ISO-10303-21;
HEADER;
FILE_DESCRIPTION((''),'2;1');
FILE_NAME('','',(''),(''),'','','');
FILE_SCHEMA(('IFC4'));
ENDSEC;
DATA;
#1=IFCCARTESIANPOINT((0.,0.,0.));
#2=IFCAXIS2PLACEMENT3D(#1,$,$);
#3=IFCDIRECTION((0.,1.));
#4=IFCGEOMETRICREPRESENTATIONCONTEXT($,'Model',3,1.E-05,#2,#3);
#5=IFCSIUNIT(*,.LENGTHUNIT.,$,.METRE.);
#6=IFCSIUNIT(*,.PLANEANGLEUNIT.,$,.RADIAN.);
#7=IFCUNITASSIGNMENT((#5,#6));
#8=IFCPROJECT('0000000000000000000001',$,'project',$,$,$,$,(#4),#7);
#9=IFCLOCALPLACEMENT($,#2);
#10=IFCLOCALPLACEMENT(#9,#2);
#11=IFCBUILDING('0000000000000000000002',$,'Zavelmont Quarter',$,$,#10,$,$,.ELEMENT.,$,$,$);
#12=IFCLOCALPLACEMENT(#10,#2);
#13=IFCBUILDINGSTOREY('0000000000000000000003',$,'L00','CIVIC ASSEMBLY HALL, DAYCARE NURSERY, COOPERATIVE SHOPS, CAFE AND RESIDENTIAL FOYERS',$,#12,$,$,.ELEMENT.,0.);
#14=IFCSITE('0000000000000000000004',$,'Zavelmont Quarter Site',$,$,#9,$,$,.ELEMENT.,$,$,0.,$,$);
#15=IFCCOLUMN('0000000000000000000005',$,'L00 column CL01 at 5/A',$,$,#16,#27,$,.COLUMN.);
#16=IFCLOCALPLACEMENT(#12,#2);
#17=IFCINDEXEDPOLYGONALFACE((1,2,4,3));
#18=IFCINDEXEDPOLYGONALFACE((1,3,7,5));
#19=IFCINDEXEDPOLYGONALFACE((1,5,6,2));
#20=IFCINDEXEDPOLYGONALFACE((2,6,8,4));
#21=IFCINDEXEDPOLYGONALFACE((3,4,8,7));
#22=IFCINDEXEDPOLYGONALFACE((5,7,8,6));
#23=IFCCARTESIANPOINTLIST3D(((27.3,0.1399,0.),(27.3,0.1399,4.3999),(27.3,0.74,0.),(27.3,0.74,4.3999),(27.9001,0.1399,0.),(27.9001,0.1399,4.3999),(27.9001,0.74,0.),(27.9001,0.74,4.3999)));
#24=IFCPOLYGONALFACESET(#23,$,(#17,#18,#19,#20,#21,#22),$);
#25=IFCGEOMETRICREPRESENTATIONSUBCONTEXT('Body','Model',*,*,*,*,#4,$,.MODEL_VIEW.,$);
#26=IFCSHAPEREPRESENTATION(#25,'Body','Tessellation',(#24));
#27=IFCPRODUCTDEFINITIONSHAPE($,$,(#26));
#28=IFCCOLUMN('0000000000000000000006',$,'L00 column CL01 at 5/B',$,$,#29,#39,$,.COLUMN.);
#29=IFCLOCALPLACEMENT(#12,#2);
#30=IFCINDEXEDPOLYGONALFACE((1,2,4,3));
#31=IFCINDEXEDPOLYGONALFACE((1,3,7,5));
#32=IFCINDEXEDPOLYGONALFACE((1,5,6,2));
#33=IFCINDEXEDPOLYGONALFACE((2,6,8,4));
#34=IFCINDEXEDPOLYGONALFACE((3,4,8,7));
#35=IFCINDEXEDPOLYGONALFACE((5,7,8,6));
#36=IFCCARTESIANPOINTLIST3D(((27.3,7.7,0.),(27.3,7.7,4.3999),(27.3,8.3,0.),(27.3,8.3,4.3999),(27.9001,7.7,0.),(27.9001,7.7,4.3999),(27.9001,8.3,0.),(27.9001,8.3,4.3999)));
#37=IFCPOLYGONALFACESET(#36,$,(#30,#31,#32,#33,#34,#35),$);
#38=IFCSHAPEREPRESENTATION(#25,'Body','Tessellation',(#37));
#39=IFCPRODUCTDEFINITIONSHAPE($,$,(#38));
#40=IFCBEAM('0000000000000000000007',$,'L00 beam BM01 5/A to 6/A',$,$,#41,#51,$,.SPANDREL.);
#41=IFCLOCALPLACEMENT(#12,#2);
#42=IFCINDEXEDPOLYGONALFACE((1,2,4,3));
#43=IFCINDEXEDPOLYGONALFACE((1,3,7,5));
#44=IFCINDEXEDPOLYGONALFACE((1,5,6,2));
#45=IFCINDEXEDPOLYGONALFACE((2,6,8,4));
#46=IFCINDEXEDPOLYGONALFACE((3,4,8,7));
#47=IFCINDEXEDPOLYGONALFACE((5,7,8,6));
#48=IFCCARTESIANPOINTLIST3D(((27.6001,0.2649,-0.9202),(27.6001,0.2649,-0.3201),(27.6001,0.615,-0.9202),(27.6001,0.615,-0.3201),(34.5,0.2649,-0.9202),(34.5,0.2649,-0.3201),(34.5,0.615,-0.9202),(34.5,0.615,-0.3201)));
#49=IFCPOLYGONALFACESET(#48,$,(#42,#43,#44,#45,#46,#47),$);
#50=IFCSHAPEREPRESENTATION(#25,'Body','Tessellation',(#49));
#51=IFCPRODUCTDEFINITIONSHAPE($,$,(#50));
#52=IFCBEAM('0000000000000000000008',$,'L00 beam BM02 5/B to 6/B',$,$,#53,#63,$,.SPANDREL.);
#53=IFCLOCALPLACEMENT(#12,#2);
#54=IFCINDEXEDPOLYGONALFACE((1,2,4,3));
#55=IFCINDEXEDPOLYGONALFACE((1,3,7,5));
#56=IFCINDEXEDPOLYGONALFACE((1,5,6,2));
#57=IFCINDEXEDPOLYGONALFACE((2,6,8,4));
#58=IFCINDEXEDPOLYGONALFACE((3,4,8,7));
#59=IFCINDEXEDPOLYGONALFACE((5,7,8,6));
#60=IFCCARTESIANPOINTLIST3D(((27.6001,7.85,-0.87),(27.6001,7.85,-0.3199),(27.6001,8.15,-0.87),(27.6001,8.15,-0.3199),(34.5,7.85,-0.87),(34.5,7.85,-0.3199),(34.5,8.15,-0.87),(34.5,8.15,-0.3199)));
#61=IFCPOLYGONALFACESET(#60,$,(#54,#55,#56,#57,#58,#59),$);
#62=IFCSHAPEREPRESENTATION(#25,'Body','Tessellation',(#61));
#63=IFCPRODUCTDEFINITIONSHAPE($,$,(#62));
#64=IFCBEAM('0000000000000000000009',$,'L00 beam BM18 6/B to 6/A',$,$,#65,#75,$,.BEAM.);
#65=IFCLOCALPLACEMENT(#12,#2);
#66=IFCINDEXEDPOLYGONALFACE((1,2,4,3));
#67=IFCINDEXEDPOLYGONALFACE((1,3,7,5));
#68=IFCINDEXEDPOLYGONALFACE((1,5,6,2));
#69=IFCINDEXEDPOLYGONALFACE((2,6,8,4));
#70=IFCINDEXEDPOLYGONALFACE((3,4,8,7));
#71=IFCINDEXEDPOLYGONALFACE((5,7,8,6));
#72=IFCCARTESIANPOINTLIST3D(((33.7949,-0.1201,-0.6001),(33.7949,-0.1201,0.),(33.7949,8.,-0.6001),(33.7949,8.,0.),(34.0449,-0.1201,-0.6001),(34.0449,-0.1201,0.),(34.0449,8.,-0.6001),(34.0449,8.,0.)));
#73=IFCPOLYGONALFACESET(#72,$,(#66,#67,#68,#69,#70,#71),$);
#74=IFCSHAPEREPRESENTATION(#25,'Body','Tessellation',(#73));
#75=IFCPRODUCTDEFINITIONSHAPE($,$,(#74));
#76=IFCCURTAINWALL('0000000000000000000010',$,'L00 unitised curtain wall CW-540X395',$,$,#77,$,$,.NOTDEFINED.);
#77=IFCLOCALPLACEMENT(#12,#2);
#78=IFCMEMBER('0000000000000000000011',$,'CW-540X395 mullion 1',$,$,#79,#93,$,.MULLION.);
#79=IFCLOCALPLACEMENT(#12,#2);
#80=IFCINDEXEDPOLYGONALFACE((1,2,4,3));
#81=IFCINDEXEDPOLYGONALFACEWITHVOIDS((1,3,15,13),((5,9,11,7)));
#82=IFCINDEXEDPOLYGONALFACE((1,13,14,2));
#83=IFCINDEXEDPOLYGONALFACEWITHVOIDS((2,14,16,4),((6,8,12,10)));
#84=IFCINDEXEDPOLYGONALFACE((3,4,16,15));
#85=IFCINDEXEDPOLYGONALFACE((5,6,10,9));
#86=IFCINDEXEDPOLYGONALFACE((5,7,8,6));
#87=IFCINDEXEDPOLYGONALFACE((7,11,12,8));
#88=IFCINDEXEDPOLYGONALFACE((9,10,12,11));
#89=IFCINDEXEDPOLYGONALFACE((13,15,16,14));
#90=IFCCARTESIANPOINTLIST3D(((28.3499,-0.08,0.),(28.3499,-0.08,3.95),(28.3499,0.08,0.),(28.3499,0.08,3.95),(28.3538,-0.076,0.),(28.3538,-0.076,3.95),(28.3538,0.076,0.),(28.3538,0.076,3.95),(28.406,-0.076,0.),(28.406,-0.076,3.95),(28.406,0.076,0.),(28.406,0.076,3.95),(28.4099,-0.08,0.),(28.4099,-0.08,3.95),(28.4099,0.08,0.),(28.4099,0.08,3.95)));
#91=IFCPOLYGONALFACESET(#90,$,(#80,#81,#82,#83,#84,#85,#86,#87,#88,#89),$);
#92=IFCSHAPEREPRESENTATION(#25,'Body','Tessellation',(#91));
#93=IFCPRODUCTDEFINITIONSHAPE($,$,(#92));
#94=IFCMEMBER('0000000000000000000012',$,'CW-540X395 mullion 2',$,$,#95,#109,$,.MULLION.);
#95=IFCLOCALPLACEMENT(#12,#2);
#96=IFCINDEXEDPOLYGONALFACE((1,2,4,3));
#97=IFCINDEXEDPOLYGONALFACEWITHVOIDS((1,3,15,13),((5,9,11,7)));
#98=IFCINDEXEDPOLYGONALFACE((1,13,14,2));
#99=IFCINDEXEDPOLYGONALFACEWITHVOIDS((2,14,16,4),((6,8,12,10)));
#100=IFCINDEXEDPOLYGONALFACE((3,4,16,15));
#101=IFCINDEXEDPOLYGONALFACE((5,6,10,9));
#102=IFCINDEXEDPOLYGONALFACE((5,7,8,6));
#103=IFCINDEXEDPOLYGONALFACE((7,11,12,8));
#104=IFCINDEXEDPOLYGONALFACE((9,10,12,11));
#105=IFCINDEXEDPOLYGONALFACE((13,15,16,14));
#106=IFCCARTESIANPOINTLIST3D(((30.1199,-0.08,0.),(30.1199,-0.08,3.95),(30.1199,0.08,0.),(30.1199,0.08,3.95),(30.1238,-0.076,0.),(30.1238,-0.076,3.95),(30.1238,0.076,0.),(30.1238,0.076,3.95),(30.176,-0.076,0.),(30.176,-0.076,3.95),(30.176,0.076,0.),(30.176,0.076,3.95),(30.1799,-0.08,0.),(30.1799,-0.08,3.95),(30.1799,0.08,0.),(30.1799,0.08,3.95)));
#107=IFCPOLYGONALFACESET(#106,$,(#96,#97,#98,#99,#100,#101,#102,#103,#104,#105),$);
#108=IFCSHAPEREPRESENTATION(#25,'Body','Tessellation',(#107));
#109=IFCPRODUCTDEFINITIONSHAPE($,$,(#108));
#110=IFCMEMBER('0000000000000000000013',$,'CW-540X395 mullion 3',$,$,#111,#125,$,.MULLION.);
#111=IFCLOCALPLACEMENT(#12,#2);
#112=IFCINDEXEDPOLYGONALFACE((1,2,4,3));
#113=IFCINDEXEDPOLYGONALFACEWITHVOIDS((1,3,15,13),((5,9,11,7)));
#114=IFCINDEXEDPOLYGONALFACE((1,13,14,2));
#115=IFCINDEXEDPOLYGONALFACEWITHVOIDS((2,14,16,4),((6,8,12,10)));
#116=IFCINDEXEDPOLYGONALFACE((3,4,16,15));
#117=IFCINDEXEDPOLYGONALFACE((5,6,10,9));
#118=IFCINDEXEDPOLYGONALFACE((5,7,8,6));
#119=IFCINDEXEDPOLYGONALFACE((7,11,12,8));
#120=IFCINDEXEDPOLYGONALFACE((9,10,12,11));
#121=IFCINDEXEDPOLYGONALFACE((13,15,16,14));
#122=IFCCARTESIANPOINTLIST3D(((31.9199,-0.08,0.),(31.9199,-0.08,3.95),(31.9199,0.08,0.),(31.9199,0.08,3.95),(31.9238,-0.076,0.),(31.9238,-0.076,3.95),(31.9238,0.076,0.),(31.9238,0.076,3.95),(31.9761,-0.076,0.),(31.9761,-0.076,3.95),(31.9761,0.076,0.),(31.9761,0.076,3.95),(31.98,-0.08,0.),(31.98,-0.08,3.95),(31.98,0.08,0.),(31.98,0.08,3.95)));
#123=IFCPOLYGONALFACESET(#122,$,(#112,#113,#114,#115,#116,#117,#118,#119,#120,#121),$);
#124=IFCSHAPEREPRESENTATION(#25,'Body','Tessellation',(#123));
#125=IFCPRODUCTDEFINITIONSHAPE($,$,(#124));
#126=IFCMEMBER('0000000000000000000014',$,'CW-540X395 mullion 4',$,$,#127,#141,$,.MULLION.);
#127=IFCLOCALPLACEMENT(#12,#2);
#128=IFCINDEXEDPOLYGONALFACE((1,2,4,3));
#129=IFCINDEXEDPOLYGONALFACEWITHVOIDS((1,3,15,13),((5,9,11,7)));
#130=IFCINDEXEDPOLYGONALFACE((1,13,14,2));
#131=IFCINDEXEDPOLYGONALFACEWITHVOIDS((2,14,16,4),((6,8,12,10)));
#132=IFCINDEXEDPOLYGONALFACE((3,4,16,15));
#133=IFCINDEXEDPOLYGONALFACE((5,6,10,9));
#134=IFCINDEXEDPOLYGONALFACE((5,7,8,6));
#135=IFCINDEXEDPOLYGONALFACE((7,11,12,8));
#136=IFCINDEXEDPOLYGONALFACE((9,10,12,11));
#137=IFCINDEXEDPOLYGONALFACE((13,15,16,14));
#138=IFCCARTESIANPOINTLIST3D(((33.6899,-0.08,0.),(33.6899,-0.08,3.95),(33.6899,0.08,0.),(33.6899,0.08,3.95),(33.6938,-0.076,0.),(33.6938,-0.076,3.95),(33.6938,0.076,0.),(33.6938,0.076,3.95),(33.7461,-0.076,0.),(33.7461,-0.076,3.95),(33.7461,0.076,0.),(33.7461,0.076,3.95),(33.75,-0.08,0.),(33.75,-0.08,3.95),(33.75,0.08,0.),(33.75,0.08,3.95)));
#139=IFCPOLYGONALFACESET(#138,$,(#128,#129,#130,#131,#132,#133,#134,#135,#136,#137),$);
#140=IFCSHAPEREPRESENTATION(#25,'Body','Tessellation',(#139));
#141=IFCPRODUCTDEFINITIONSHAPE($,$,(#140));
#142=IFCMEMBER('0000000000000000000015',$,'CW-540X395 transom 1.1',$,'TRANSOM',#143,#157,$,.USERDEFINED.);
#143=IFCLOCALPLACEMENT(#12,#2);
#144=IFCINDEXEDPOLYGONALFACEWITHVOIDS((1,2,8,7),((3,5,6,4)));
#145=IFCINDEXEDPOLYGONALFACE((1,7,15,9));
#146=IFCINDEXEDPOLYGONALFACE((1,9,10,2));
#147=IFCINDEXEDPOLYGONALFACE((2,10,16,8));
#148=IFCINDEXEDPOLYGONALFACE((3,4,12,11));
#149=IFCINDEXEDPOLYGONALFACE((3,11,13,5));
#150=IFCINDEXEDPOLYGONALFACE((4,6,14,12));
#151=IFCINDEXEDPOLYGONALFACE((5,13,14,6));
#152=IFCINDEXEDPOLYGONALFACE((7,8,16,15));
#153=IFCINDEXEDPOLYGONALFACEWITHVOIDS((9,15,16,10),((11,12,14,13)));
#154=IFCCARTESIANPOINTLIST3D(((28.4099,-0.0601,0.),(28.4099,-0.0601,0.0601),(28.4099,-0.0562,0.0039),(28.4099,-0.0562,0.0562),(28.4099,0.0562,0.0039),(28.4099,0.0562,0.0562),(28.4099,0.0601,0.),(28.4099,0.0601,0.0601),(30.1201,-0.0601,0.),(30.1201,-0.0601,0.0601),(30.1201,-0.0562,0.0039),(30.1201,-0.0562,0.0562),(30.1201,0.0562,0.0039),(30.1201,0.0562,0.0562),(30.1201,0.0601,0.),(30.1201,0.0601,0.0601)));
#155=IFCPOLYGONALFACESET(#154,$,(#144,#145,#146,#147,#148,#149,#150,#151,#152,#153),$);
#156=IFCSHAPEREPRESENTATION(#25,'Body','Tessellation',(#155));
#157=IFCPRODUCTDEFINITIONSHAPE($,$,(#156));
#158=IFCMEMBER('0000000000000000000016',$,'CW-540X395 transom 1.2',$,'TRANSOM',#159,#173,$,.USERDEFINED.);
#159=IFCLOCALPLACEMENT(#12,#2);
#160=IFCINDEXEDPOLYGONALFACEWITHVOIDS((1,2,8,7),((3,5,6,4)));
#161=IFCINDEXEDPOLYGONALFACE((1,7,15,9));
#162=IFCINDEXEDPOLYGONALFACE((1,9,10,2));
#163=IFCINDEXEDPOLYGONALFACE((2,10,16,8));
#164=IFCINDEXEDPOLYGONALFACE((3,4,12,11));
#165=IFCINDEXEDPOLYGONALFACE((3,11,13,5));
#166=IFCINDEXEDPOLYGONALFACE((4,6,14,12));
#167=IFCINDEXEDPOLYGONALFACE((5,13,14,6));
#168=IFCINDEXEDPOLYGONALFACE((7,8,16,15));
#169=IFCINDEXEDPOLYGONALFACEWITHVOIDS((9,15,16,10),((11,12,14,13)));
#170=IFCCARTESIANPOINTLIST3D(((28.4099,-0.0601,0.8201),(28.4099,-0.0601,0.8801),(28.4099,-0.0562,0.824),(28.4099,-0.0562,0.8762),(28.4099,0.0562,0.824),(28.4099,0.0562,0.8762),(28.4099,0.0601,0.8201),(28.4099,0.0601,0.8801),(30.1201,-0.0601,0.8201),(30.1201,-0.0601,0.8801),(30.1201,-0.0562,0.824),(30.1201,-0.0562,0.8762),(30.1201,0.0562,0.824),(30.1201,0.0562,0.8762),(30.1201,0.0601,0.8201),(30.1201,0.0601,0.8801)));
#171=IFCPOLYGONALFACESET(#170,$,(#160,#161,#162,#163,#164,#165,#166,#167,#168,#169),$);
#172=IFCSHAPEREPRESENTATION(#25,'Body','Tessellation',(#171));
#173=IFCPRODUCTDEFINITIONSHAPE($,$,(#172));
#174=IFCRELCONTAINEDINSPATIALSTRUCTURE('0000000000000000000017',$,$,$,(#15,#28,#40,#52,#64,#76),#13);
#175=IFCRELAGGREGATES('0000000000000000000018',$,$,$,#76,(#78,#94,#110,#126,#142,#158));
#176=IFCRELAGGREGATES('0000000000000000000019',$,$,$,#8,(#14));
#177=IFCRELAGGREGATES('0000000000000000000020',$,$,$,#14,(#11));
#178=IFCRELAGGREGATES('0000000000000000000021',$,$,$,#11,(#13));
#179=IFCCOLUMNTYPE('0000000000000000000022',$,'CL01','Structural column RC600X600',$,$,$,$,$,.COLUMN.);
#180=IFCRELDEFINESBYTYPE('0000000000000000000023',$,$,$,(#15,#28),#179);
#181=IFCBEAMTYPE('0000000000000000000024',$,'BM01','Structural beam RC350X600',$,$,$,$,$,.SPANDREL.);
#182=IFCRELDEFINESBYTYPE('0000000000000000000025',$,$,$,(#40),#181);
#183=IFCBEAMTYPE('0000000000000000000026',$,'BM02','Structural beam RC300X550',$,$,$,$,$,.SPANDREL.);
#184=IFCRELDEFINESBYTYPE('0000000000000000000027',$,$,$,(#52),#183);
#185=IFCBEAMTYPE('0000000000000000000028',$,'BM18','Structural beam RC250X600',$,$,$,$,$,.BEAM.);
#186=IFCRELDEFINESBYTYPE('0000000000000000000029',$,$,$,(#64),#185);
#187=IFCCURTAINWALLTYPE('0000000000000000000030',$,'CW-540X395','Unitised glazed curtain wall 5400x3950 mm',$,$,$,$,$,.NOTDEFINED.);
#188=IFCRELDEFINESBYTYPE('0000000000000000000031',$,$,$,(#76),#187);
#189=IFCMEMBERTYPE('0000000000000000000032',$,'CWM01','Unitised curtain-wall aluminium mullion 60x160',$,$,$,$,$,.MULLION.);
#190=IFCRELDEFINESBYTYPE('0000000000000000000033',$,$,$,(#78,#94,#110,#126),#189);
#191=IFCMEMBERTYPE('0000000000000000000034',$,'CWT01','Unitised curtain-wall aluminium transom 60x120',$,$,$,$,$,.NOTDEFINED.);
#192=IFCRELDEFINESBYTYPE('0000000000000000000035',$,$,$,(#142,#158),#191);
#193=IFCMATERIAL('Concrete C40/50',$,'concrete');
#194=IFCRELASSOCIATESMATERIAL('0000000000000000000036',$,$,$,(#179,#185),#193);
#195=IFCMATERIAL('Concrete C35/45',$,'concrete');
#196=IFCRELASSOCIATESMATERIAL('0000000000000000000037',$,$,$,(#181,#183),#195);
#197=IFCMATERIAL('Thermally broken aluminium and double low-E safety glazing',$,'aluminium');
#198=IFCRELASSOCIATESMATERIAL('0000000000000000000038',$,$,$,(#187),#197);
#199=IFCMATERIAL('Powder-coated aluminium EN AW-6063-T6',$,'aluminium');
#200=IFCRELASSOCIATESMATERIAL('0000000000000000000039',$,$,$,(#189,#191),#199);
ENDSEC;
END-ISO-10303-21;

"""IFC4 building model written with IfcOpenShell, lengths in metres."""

from ifc_helpers import new_model, si_unit, direction, frame, origin, origin_2d, place, context, subcontext, project, spatial, rectangle, hollow_rectangle, extrude, material, material_profile, profile_set, type_object, element, aggregate, save


model = new_model("IFC4")

# Units and contexts
model_context = context("Model", 3, precision=1e-05, world=origin(), true_north=direction((0.0, 1.0)))
body_context = subcontext(model_context, "Body", "Model", "MODEL_VIEW")
ifc_project = project(units=[si_unit("LENGTHUNIT", "METRE"), si_unit("PLANEANGLEUNIT", "RADIAN")], contexts=[model_context])

# Site, building, storey
site_placement = place(None, origin())
site = spatial("IfcSite", under=ifc_project, at=site_placement, Name="Zavelmont Quarter Site", CompositionType="ELEMENT", RefElevation=0.0)
building_placement = place(site_placement, origin())
building = spatial("IfcBuilding", under=site, at=building_placement, Name="Zavelmont Quarter", CompositionType="ELEMENT")
storey_placement = place(building_placement, origin())
storey = spatial("IfcBuildingStorey", under=building, at=storey_placement, Name="L00", Description="CIVIC ASSEMBLY HALL, DAYCARE NURSERY, COOPERATIVE SHOPS, CAFE AND RESIDENTIAL FOYERS", CompositionType="ELEMENT", Elevation=0.0)

# Columns
ifc_material_1 = material(Name="Concrete C40/50", Category="concrete")
ifc_material_profile_1 = material_profile(ifc_material_1, rectangle(XDim=0.6001, YDim=0.6001, at=origin_2d()), Name="RC600X600")
ifc_profile_set_1 = profile_set([ifc_material_profile_1], Name="Concrete C40/50")
column_type = type_object("IfcColumnType", Name="CL01", Description="Structural column RC600X600", PredefinedType="COLUMN", material=ifc_profile_set_1)
for number, where, z_axis, x_axis, name in (
    (1, (27.6001, 0.4399, 0.0), (0.0, 0.0, 1.0), (1.0, 0.0, 0.0), "L00 column CL01 at 5/A"),
    (2, (27.6001, 8.0, 0.0), (0.0, 0.0, 1.0), (1.0, 0.0, 0.0), "L00 column CL01 at 5/B"),
):
    element("IfcColumn", number, at=place(storey_placement, frame(where, z_axis=z_axis, x_axis=x_axis)), inside=storey, type_object=column_type, Name=name, PredefinedType="COLUMN", context=body_context, shape_type="SweptSolid", body=[
        extrude(rectangle(XDim=0.6001, YDim=0.6001, at=origin_2d()), origin(), (0.0, 0.0, 1.0), 4.3999),
    ])

# Beams
ifc_material_2 = material(Name="Concrete C35/45", Category="concrete")
ifc_material_profile_2 = material_profile(ifc_material_2, rectangle(XDim=0.3501, YDim=0.6001, at=origin_2d()), Name="RC350X600")
ifc_profile_set_2 = profile_set([ifc_material_profile_2], Name="Concrete C35/45")
beam_type_1 = type_object("IfcBeamType", Name="BM01", Description="Structural beam RC350X600", PredefinedType="SPANDREL", material=ifc_profile_set_2)
beam_1_placement = place(storey_placement, frame((27.6001, 0.4399, -0.6201), z_axis=(1.0, 0.0, 0.0), x_axis=(0.0, 1.0, 0.0)))
element("IfcBeam", 3, at=beam_1_placement, inside=storey, type_object=beam_type_1, Name="L00 beam BM01 5/A to 6/A", PredefinedType="SPANDREL", context=body_context, shape_type="SweptSolid", body=[
    extrude(rectangle(XDim=0.3501, YDim=0.6001, at=origin_2d()), origin(), (0.0, 0.0, 1.0), 6.8999),
])
ifc_material_profile_3 = material_profile(ifc_material_2, rectangle(XDim=0.3, YDim=0.55, at=origin_2d()), Name="RC300X550")
ifc_profile_set_3 = profile_set([ifc_material_profile_3], Name="Concrete C35/45")
beam_type_2 = type_object("IfcBeamType", Name="BM02", Description="Structural beam RC300X550", PredefinedType="SPANDREL", material=ifc_profile_set_3)
beam_2_placement = place(storey_placement, frame((27.6001, 8.0, -0.595), z_axis=(1.0, 0.0, 0.0), x_axis=(0.0, 1.0, 0.0)))
element("IfcBeam", 4, at=beam_2_placement, inside=storey, type_object=beam_type_2, Name="L00 beam BM02 5/B to 6/B", PredefinedType="SPANDREL", context=body_context, shape_type="SweptSolid", body=[
    extrude(rectangle(XDim=0.3, YDim=0.55, at=origin_2d()), origin(), (0.0, 0.0, 1.0), 6.8999),
])
ifc_material_profile_4 = material_profile(ifc_material_1, rectangle(XDim=0.25, YDim=0.6001, at=origin_2d()), Name="RC250X600")
ifc_profile_set_4 = profile_set([ifc_material_profile_4], Name="Concrete C40/50")
beam_type_3 = type_object("IfcBeamType", Name="BM18", Description="Structural beam RC250X600", PredefinedType="BEAM", material=ifc_profile_set_4)
beam_3_placement = place(storey_placement, frame((33.9199, 8.0, -0.3), z_axis=(0.0, -1.0, 0.0), x_axis=(1.0, 0.0, 0.0)))
element("IfcBeam", 5, at=beam_3_placement, inside=storey, type_object=beam_type_3, Name="L00 beam BM18 6/B to 6/A", PredefinedType="BEAM", context=body_context, shape_type="SweptSolid", body=[
    extrude(rectangle(XDim=0.25, YDim=0.6001, at=origin_2d()), origin(), (0.0, 0.0, 1.0), 8.1201),
])

# Curtain wall, members
ifc_material_3 = material(Name="Thermally broken aluminium and double low-E safety glazing", Category="aluminium")
curtain_wall_type = type_object("IfcCurtainWallType", Name="CW-540X395", Description="Unitised glazed curtain wall 5400x3950 mm", PredefinedType="NOTDEFINED", material=ifc_material_3)
curtain_wall_placement = place(storey_placement, origin())
curtain_wall = element("IfcCurtainWall", 6, at=curtain_wall_placement, inside=storey, type_object=curtain_wall_type, Name="L00 unitised curtain wall CW-540X395", PredefinedType="NOTDEFINED")
ifc_material_4 = material(Name="Powder-coated aluminium EN AW-6063-T6", Category="aluminium")
ifc_material_profile_5 = material_profile(ifc_material_4, hollow_rectangle(XDim=0.0601, YDim=0.1599, WallThickness=0.0039, at=origin_2d()), Name="CWM60X160")
ifc_profile_set_5 = profile_set([ifc_material_profile_5], Name="Powder-coated aluminium EN AW-6063-T6")
member_type_1 = type_object("IfcMemberType", Name="CWM01", Description="Unitised curtain-wall aluminium mullion 60x160", PredefinedType="MULLION", material=ifc_profile_set_5)
member_1_placement = place(storey_placement, frame((28.3799, 0.0, 0.0), z_axis=(0.0, 0.0, 1.0), x_axis=(1.0, 0.0, 0.0)))
member_1 = element("IfcMember", 7, at=member_1_placement, type_object=member_type_1, Name="CW-540X395 mullion 1", PredefinedType="MULLION", context=body_context, shape_type="SweptSolid", body=[
    extrude(hollow_rectangle(XDim=0.0601, YDim=0.1599, WallThickness=0.0039, at=origin_2d()), origin(), (0.0, 0.0, 1.0), 3.95),
])
member_2_placement = place(storey_placement, frame((30.1499, 0.0, 0.0), z_axis=(0.0, 0.0, 1.0), x_axis=(1.0, 0.0, 0.0)))
member_2 = element("IfcMember", 8, at=member_2_placement, type_object=member_type_1, Name="CW-540X395 mullion 2", PredefinedType="MULLION", context=body_context, shape_type="SweptSolid", body=[
    extrude(hollow_rectangle(XDim=0.0601, YDim=0.1599, WallThickness=0.0039, at=origin_2d()), origin(), (0.0, 0.0, 1.0), 3.95),
])
member_3_placement = place(storey_placement, frame((31.95, 0.0, 0.0), z_axis=(0.0, 0.0, 1.0), x_axis=(1.0, 0.0, 0.0)))
member_3 = element("IfcMember", 9, at=member_3_placement, type_object=member_type_1, Name="CW-540X395 mullion 3", PredefinedType="MULLION", context=body_context, shape_type="SweptSolid", body=[
    extrude(hollow_rectangle(XDim=0.0601, YDim=0.1599, WallThickness=0.0039, at=origin_2d()), origin(), (0.0, 0.0, 1.0), 3.95),
])
member_4_placement = place(storey_placement, frame((33.72, 0.0, 0.0), z_axis=(0.0, 0.0, 1.0), x_axis=(1.0, 0.0, 0.0)))
member_4 = element("IfcMember", 10, at=member_4_placement, type_object=member_type_1, Name="CW-540X395 mullion 4", PredefinedType="MULLION", context=body_context, shape_type="SweptSolid", body=[
    extrude(hollow_rectangle(XDim=0.0601, YDim=0.1599, WallThickness=0.0039, at=origin_2d()), origin(), (0.0, 0.0, 1.0), 3.95),
])
ifc_material_profile_6 = material_profile(ifc_material_4, hollow_rectangle(XDim=0.1201, YDim=0.0601, WallThickness=0.0039, at=origin_2d()), Name="CWT60X120")
ifc_profile_set_6 = profile_set([ifc_material_profile_6], Name="Powder-coated aluminium EN AW-6063-T6")
member_type_2 = type_object("IfcMemberType", Name="CWT01", Description="Unitised curtain-wall aluminium transom 60x120", PredefinedType="NOTDEFINED", material=ifc_profile_set_6)
member_5_placement = place(storey_placement, frame((28.4099, 0.0, 0.03), z_axis=(1.0, 0.0, 0.0), x_axis=(0.0, 1.0, 0.0)))
member_5 = element("IfcMember", 11, at=member_5_placement, type_object=member_type_2, Name="CW-540X395 transom 1.1", ObjectType="TRANSOM", PredefinedType="USERDEFINED", context=body_context, shape_type="SweptSolid", body=[
    extrude(hollow_rectangle(XDim=0.1201, YDim=0.0601, WallThickness=0.0039, at=origin_2d()), origin(), (0.0, 0.0, 1.0), 1.7102),
])
member_6_placement = place(storey_placement, frame((28.4099, 0.0, 0.8501), z_axis=(1.0, 0.0, 0.0), x_axis=(0.0, 1.0, 0.0)))
member_6 = element("IfcMember", 12, at=member_6_placement, type_object=member_type_2, Name="CW-540X395 transom 1.2", ObjectType="TRANSOM", PredefinedType="USERDEFINED", context=body_context, shape_type="SweptSolid", body=[
    extrude(hollow_rectangle(XDim=0.1201, YDim=0.0601, WallThickness=0.0039, at=origin_2d()), origin(), (0.0, 0.0, 1.0), 1.7102),
])

aggregate(curtain_wall, [member_1, member_2, member_3, member_4, member_5, member_6])

save(model, "model.ifc")
